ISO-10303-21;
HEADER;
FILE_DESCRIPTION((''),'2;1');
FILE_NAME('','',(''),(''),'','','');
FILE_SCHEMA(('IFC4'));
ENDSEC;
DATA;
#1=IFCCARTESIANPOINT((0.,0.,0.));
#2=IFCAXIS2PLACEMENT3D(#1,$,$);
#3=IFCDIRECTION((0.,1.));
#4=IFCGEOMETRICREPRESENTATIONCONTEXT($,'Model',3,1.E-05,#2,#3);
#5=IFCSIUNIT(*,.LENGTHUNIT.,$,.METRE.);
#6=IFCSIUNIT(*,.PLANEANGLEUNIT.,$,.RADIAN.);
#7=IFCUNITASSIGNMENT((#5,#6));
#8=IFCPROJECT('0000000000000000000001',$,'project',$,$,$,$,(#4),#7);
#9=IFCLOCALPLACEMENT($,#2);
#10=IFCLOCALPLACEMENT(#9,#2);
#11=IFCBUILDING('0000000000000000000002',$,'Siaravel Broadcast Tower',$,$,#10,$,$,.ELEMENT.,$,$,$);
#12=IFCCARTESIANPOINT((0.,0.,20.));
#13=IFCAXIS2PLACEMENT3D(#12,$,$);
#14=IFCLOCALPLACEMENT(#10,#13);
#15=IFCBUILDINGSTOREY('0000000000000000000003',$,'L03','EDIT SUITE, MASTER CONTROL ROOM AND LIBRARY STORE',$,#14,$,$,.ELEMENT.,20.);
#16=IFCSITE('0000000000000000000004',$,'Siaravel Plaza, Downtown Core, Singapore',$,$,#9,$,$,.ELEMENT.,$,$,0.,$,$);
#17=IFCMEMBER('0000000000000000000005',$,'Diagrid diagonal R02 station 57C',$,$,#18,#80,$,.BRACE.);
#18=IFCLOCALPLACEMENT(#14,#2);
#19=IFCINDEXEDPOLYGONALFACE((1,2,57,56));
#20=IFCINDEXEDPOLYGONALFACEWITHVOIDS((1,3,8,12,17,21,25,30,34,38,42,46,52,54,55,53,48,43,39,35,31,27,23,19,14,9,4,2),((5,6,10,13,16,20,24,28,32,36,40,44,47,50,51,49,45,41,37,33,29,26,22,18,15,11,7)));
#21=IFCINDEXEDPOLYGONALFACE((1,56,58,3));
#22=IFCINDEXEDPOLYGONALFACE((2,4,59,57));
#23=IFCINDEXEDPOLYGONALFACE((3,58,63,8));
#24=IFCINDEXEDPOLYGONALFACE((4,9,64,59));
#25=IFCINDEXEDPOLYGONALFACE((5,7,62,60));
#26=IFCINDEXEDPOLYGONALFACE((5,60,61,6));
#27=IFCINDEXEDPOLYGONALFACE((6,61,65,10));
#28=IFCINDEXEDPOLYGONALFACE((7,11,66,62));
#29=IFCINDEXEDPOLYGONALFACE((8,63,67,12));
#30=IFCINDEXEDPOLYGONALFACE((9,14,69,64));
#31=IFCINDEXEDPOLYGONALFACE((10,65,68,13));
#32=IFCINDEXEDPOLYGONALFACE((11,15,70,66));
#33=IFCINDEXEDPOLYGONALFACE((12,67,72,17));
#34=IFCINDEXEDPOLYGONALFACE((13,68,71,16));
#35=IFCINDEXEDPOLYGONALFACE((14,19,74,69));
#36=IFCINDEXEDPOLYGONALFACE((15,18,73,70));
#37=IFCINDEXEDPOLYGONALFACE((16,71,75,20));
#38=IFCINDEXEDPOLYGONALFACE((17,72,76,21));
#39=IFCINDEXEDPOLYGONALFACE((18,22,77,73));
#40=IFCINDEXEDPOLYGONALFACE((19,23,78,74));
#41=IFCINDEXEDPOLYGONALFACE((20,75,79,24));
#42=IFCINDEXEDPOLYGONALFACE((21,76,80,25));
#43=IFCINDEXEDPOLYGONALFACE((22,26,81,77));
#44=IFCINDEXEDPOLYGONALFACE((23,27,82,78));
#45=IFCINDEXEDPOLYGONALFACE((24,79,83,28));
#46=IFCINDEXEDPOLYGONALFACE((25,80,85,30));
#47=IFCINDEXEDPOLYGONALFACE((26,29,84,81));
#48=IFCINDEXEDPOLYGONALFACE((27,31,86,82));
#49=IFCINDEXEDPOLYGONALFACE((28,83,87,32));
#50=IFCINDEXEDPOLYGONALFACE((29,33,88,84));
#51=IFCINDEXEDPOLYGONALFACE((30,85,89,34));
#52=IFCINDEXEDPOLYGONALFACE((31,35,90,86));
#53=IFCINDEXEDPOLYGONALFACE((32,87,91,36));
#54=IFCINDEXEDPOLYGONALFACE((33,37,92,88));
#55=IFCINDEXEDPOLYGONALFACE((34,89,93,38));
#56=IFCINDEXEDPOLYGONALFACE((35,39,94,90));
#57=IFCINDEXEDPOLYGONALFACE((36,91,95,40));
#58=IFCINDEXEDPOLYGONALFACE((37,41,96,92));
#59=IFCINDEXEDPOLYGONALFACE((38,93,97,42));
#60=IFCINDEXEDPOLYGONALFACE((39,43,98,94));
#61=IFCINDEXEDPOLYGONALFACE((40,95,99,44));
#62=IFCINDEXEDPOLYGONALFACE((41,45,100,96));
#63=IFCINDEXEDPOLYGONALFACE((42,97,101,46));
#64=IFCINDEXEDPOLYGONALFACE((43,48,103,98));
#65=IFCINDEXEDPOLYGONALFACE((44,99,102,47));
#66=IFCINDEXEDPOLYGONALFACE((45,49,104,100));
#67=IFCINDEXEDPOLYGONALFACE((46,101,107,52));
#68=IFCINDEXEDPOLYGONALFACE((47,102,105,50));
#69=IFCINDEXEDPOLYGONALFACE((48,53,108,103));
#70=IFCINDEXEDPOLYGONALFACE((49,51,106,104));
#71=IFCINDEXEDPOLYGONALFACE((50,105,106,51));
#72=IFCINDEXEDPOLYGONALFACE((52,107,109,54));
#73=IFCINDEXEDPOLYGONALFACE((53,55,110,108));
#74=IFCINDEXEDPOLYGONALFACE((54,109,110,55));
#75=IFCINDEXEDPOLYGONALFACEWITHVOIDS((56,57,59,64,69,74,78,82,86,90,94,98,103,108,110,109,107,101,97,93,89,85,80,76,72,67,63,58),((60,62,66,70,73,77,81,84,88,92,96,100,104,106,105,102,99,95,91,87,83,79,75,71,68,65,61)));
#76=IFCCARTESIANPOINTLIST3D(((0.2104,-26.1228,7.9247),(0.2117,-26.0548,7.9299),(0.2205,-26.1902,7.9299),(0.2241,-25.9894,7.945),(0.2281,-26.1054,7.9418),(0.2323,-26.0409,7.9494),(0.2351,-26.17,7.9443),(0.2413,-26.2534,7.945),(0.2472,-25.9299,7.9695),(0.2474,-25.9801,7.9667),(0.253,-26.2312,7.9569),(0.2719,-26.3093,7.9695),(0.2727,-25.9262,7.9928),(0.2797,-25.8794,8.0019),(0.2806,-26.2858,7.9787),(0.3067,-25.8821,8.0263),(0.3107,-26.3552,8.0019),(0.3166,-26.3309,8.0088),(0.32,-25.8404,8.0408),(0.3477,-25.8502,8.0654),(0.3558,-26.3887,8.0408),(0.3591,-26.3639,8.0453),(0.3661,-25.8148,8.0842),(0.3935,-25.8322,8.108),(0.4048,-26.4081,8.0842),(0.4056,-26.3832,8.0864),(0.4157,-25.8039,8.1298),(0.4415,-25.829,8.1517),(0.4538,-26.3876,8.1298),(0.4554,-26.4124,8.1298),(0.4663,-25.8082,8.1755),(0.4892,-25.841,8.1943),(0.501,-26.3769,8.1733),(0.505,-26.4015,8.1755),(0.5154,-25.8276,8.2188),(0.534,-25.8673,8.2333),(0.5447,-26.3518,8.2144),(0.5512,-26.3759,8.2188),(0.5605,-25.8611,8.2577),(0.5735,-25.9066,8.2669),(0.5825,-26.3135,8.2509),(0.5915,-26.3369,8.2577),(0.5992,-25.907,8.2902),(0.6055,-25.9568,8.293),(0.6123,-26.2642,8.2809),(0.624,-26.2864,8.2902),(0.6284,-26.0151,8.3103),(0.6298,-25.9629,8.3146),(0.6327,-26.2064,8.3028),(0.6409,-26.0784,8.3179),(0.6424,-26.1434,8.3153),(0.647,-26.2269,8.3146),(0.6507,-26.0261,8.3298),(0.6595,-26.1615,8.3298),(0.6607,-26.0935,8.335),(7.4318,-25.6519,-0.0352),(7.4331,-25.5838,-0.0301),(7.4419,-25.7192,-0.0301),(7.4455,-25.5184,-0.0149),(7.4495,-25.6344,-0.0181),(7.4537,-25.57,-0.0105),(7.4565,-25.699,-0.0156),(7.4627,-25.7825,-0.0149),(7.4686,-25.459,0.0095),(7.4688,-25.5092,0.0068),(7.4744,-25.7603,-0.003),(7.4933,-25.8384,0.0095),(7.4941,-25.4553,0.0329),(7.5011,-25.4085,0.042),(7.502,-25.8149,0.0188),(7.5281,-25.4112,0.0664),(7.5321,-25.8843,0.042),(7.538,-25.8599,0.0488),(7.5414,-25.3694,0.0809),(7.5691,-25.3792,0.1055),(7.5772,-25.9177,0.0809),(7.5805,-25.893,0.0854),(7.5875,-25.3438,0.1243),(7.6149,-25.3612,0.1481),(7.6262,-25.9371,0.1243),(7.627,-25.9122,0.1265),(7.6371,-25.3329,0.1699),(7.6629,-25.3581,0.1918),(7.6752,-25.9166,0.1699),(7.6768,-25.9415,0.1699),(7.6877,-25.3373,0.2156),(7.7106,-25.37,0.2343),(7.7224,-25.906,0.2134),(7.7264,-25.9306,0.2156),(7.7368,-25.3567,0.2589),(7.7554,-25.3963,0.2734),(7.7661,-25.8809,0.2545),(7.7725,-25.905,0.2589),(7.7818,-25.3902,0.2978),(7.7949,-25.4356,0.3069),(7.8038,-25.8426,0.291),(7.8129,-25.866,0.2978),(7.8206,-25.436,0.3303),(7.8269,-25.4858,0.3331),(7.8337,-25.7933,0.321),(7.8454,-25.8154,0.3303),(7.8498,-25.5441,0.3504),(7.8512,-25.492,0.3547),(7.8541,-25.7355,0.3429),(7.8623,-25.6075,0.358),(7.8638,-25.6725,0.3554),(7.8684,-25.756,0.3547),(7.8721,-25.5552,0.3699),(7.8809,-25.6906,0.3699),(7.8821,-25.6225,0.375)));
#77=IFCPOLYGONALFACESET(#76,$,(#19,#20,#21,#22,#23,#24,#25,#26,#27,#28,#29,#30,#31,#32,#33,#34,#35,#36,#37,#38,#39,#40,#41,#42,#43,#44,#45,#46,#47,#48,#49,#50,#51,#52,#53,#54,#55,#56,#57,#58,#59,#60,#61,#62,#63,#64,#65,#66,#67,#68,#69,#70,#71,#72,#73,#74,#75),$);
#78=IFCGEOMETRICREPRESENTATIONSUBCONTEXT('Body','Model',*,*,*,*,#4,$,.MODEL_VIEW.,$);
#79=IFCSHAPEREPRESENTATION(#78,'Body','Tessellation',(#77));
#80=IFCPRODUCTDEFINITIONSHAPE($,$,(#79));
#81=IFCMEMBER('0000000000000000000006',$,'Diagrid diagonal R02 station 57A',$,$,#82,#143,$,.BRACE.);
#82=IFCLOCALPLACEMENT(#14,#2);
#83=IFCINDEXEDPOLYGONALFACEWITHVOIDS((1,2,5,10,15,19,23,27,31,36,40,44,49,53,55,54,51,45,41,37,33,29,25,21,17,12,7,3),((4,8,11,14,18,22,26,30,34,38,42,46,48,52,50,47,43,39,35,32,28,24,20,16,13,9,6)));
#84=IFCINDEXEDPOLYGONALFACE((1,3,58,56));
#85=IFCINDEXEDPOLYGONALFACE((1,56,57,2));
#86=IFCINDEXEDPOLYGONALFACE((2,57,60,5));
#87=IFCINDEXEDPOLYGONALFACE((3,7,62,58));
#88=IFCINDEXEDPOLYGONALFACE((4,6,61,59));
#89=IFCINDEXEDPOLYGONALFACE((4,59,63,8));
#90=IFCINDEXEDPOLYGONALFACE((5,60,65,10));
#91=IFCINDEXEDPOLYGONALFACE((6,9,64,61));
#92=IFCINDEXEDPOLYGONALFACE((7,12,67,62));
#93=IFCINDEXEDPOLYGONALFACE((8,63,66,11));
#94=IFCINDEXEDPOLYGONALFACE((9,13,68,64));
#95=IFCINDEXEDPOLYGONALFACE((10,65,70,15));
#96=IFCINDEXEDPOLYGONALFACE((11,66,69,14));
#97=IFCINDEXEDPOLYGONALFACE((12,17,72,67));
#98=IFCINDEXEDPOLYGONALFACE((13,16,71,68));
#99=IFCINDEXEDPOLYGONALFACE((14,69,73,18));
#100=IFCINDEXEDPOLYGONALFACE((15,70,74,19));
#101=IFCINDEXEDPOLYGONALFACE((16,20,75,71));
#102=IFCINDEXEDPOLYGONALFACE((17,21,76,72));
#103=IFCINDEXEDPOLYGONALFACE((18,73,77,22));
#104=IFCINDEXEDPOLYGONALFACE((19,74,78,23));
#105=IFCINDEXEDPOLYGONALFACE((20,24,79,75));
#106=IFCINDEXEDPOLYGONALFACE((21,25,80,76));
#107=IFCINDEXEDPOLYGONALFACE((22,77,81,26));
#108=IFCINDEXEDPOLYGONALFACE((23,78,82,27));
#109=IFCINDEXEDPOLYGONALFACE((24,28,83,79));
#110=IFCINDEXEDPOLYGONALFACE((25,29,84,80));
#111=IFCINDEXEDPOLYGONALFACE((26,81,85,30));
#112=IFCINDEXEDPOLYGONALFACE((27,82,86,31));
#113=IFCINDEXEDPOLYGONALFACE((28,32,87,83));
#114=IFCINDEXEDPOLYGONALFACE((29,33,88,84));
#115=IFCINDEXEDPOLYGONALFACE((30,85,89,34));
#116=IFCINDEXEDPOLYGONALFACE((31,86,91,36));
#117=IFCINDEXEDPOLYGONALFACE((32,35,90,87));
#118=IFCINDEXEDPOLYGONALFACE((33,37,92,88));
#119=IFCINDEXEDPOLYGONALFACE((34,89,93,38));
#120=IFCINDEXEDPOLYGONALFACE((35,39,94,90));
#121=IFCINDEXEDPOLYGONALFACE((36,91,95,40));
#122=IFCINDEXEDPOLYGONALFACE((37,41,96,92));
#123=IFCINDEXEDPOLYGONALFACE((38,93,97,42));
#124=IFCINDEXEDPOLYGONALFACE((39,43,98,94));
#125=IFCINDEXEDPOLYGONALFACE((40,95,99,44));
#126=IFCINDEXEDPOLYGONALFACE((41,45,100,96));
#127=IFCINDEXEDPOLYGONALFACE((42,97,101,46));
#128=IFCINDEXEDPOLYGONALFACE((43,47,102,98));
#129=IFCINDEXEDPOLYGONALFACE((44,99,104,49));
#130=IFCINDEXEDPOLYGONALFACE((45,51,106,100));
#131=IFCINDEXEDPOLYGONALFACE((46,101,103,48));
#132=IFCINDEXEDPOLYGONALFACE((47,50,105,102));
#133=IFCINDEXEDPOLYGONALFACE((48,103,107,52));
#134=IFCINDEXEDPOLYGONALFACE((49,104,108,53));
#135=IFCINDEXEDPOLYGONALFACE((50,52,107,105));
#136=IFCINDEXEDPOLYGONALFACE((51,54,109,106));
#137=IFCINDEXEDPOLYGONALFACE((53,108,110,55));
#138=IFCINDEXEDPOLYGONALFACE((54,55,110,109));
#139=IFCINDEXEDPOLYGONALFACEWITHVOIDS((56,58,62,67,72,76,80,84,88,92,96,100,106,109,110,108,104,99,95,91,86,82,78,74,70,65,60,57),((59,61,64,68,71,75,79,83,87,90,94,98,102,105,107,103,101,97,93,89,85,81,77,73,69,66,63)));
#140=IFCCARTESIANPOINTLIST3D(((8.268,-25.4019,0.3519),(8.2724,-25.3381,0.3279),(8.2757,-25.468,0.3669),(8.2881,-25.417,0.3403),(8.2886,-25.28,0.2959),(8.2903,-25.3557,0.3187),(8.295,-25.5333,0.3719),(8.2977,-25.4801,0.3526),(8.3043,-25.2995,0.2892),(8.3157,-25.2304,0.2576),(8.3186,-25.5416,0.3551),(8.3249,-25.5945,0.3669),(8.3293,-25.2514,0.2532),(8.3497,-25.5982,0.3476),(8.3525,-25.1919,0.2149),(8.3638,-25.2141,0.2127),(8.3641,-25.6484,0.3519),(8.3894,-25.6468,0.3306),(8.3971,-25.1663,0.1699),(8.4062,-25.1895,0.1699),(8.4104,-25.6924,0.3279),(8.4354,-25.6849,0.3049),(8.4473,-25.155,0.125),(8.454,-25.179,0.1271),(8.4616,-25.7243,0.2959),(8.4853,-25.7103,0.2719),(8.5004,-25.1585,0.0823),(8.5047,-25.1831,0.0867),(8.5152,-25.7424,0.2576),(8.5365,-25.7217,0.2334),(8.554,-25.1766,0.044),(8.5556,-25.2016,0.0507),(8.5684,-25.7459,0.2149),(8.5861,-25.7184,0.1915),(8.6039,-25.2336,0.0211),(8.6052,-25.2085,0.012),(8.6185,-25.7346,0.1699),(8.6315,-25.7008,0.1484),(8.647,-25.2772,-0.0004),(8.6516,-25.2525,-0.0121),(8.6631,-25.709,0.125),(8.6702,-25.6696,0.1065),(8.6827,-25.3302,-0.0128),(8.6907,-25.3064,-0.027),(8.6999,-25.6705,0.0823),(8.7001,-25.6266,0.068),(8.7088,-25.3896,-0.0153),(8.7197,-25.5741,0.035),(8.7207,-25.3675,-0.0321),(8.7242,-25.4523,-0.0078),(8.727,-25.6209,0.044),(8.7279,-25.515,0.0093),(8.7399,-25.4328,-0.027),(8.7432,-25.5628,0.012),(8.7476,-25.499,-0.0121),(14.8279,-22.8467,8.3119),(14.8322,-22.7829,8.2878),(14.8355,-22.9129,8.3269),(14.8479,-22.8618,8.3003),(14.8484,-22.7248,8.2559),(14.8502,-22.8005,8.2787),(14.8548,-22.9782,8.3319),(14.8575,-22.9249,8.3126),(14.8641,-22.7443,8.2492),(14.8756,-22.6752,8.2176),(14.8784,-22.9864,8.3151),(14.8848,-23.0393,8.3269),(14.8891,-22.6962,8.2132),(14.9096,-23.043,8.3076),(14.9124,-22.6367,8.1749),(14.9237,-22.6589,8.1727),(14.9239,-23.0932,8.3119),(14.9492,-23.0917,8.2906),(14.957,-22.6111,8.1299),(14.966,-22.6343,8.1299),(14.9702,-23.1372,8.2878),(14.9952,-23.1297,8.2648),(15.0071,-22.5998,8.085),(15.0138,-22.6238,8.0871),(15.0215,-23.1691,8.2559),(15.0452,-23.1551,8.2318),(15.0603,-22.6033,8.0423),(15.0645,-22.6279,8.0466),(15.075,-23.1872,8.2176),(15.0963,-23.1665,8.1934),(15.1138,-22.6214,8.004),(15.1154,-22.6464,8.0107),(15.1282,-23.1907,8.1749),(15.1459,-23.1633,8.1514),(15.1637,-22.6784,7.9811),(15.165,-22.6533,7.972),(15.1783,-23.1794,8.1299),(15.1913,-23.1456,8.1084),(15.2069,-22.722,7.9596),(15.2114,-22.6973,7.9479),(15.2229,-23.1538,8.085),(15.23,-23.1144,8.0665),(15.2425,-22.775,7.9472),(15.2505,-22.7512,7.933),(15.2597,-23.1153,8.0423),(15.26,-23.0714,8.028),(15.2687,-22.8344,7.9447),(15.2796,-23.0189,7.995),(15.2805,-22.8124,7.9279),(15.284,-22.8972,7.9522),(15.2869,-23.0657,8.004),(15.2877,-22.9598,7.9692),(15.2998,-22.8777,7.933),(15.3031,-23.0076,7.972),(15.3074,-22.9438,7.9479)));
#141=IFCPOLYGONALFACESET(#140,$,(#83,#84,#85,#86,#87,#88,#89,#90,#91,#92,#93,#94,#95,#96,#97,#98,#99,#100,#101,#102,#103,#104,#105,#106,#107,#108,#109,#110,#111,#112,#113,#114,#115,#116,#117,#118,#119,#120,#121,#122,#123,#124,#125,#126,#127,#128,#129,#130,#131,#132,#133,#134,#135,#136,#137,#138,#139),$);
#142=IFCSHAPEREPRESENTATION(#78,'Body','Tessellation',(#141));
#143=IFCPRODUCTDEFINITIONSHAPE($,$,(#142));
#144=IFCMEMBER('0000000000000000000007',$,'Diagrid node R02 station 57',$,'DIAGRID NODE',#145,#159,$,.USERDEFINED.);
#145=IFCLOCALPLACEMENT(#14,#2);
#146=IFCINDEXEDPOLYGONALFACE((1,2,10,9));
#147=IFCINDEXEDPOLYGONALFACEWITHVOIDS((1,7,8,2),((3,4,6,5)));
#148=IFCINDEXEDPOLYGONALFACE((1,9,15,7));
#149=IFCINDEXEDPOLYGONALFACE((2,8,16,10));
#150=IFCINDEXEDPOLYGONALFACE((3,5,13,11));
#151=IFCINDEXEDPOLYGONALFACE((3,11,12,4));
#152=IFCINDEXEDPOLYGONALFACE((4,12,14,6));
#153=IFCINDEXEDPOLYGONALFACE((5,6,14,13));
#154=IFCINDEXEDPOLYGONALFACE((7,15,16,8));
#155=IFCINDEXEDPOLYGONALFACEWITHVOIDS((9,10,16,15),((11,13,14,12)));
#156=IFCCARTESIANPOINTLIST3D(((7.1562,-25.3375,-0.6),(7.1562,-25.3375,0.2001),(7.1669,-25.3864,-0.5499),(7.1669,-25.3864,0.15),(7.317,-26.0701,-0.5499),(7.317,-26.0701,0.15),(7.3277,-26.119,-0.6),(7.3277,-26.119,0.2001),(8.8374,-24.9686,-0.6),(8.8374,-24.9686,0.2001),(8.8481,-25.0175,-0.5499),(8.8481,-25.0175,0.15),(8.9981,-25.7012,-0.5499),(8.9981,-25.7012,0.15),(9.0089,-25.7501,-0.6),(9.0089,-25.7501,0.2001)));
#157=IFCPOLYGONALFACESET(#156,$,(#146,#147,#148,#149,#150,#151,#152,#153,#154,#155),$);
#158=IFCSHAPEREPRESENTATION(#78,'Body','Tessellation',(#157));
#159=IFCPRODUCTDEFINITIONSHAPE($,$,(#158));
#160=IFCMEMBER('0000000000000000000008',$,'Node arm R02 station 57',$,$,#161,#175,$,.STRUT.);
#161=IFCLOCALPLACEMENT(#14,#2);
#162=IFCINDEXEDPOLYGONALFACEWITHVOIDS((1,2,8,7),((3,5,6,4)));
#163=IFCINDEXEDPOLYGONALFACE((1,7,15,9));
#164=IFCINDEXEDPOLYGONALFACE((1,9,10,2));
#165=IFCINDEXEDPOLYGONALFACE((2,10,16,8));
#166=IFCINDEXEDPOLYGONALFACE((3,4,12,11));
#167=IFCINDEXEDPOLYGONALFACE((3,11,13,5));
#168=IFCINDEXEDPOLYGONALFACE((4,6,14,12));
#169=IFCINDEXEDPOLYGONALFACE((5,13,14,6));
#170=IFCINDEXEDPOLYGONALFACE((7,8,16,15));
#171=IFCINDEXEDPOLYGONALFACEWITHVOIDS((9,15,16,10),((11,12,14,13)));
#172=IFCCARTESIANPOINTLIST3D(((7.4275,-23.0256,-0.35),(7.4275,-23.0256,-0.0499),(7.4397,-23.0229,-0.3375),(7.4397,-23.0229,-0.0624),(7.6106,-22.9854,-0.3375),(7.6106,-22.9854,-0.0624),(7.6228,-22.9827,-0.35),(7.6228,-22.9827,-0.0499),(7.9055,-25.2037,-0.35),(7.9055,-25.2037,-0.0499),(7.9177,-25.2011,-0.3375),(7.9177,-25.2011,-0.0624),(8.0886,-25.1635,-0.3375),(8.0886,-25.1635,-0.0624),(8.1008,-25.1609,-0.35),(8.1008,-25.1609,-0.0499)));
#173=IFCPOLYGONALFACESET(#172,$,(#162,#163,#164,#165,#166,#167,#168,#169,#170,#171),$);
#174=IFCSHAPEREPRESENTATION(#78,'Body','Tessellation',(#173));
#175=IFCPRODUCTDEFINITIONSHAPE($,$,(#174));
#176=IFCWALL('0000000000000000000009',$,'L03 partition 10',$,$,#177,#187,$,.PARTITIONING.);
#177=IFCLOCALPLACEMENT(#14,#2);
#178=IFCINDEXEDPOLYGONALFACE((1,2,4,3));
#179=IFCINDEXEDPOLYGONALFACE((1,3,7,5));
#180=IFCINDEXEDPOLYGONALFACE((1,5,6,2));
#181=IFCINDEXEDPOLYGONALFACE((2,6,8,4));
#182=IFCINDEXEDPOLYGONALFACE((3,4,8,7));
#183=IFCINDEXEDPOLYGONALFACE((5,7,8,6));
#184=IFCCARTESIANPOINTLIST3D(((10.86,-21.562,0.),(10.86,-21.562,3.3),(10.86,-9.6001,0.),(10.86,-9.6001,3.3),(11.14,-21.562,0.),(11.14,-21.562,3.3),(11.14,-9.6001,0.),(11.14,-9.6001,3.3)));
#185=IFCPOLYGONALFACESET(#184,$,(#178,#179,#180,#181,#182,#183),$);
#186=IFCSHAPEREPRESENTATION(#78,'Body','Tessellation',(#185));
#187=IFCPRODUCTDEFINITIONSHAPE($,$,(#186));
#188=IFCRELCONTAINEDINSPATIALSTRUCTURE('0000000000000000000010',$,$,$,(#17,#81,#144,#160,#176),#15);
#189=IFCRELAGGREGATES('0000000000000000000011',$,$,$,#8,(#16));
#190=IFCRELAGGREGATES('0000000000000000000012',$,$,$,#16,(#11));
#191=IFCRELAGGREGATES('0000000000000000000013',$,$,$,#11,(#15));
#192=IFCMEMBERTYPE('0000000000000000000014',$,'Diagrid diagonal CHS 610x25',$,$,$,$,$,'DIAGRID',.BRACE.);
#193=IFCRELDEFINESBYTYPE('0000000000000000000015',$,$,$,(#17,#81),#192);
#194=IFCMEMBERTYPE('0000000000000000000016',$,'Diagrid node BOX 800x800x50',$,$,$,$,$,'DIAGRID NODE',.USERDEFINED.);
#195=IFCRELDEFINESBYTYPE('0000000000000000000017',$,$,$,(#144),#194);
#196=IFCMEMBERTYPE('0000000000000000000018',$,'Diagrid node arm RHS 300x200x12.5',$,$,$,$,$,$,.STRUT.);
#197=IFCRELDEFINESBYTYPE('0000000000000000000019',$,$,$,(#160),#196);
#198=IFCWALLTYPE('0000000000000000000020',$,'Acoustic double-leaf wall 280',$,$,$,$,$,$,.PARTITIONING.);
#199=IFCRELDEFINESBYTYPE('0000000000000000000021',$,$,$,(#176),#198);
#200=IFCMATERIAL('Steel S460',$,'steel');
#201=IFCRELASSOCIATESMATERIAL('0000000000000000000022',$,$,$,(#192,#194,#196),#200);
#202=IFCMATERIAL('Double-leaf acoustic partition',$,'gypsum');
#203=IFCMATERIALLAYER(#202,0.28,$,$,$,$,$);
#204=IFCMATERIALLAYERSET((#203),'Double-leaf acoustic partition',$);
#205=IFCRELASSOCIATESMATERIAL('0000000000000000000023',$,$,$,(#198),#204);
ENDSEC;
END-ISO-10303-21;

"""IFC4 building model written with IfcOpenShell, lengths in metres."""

from ifc_helpers import new_model, si_unit, direction, frame, frame_2d, origin, origin_2d, place, context, subcontext, project, spatial, rectangle, hollow_rectangle, hollow_circle, extrude, material, layer, layer_set, material_profile, profile_set, type_object, element, save


model = new_model("IFC4")

# Units and contexts
model_context = context("Model", 3, precision=1e-05, world=origin(), true_north=direction((0.0, 1.0)))
body_context = subcontext(model_context, "Body", "Model", "MODEL_VIEW")
ifc_project = project(units=[si_unit("LENGTHUNIT", "METRE"), si_unit("PLANEANGLEUNIT", "RADIAN")], contexts=[model_context])

# Site, building, storey
site_placement = place(None, origin())
site = spatial("IfcSite", under=ifc_project, at=site_placement, Name="Siaravel Plaza, Downtown Core, Singapore", CompositionType="ELEMENT", RefElevation=0.0)
building_placement = place(site_placement, origin())
building = spatial("IfcBuilding", under=site, at=building_placement, Name="Siaravel Broadcast Tower", CompositionType="ELEMENT")
storey_placement = place(building_placement, frame((0.0, 0.0, 20.0)))
storey = spatial("IfcBuildingStorey", under=building, at=storey_placement, Name="L03", Description="EDIT SUITE, MASTER CONTROL ROOM AND LIBRARY STORE", CompositionType="ELEMENT", Elevation=20.0)

# Members
ifc_material_1 = material(Name="Steel S460", Category="steel")
ifc_material_profile_1 = material_profile(ifc_material_1, hollow_circle(Radius=0.3049, WallThickness=0.0249, at=origin_2d()))
ifc_profile_set_1 = profile_set([ifc_material_profile_1], Name="Steel S460")
member_type_1 = type_object("IfcMemberType", Name="Diagrid diagonal CHS 610x25", ElementType="DIAGRID", PredefinedType="BRACE", material=ifc_profile_set_1)
member_1_placement = place(storey_placement, frame((7.657, -25.6372, 0.1699), z_axis=(-0.67127, -0.043777, 0.739919), x_axis=(0.065077, -0.99788, 0.0)))
element("IfcMember", 1, at=member_1_placement, inside=storey, type_object=member_type_1, Name="Diagrid diagonal R02 station 57C", PredefinedType="BRACE", context=body_context, shape_type="SweptSolid", body=[
    extrude(hollow_circle(Radius=0.3049, WallThickness=0.0249, at=origin_2d()), origin(), (0.0, 0.0, 1.0), 10.7578),
])
member_2_placement = place(storey_placement, frame((8.5078, -25.4504, 0.1699), z_axis=(0.617311, 0.240455, 0.749072), x_axis=(-0.362957, 0.931806, 0.0)))
element("IfcMember", 2, at=member_2_placement, inside=storey, type_object=member_type_1, Name="Diagrid diagonal R02 station 57A", PredefinedType="BRACE", context=body_context, shape_type="SweptSolid", body=[
    extrude(hollow_circle(Radius=0.3049, WallThickness=0.0249, at=origin_2d()), origin(), (0.0, 0.0, 1.0), 10.6265),
])
ifc_material_profile_2 = material_profile(ifc_material_1, hollow_rectangle(XDim=0.8, YDim=0.8, WallThickness=0.05, at=origin_2d()))
ifc_profile_set_2 = profile_set([ifc_material_profile_2], Name="Steel S460")
member_type_2 = type_object("IfcMemberType", Name="Diagrid node BOX 800x800x50", ElementType="DIAGRID NODE", PredefinedType="USERDEFINED", material=ifc_profile_set_2)
member_3_placement = place(storey_placement, frame((7.2419, -25.7283, -0.2), z_axis=(0.976761, 0.214331, 0.0), x_axis=(-0.214331, 0.976761, 0.0)))
element("IfcMember", 3, at=member_3_placement, inside=storey, type_object=member_type_2, Name="Diagrid node R02 station 57", ObjectType="DIAGRID NODE", PredefinedType="USERDEFINED", context=body_context, shape_type="SweptSolid", body=[
    extrude(hollow_rectangle(XDim=0.8, YDim=0.8, WallThickness=0.05, at=origin_2d()), origin(), (0.0, 0.0, 1.0), 1.7212),
])
ifc_material_profile_3 = material_profile(ifc_material_1, hollow_rectangle(XDim=0.2, YDim=0.3, WallThickness=0.0125, at=origin_2d()))
ifc_profile_set_3 = profile_set([ifc_material_profile_3], Name="Steel S460")
member_type_3 = type_object("IfcMemberType", Name="Diagrid node arm RHS 300x200x12.5", PredefinedType="STRUT", material=ifc_profile_set_3)
member_4_placement = place(storey_placement, frame((7.5251, -23.0042, -0.2), z_axis=(0.214356, -0.976756, 0.0), x_axis=(0.976756, 0.214356, 0.0)))
element("IfcMember", 4, at=member_4_placement, inside=storey, type_object=member_type_3, Name="Node arm R02 station 57", PredefinedType="STRUT", context=body_context, shape_type="SweptSolid", body=[
    extrude(hollow_rectangle(XDim=0.2, YDim=0.3, WallThickness=0.0125, at=origin_2d()), origin(), (0.0, 0.0, 1.0), 2.23),
])

# Wall
ifc_material_2 = material(Name="Double-leaf acoustic partition", Category="gypsum")
ifc_layer_1 = layer(ifc_material_2, 0.28)
ifc_layer_set_1 = layer_set([ifc_layer_1], Name="Double-leaf acoustic partition")
wall_type_1 = type_object("IfcWallType", Name="Acoustic double-leaf wall 280", PredefinedType="PARTITIONING", material=ifc_layer_set_1)
wall_1_placement = place(storey_placement, frame((11.0, -21.562, 0.0), z_axis=(0.0, 0.0, 1.0), x_axis=(0.0, 1.0, 0.0)))
element("IfcWall", 5, at=wall_1_placement, inside=storey, type_object=wall_type_1, Name="L03 partition 10", PredefinedType="PARTITIONING", context=body_context, shape_type="SweptSolid", body=[
    extrude(rectangle(XDim=11.9619, YDim=0.28, at=frame_2d((5.981, 0.0))), origin(), (0.0, 0.0, 1.0), 3.3),
])

save(model, "model.ifc")
